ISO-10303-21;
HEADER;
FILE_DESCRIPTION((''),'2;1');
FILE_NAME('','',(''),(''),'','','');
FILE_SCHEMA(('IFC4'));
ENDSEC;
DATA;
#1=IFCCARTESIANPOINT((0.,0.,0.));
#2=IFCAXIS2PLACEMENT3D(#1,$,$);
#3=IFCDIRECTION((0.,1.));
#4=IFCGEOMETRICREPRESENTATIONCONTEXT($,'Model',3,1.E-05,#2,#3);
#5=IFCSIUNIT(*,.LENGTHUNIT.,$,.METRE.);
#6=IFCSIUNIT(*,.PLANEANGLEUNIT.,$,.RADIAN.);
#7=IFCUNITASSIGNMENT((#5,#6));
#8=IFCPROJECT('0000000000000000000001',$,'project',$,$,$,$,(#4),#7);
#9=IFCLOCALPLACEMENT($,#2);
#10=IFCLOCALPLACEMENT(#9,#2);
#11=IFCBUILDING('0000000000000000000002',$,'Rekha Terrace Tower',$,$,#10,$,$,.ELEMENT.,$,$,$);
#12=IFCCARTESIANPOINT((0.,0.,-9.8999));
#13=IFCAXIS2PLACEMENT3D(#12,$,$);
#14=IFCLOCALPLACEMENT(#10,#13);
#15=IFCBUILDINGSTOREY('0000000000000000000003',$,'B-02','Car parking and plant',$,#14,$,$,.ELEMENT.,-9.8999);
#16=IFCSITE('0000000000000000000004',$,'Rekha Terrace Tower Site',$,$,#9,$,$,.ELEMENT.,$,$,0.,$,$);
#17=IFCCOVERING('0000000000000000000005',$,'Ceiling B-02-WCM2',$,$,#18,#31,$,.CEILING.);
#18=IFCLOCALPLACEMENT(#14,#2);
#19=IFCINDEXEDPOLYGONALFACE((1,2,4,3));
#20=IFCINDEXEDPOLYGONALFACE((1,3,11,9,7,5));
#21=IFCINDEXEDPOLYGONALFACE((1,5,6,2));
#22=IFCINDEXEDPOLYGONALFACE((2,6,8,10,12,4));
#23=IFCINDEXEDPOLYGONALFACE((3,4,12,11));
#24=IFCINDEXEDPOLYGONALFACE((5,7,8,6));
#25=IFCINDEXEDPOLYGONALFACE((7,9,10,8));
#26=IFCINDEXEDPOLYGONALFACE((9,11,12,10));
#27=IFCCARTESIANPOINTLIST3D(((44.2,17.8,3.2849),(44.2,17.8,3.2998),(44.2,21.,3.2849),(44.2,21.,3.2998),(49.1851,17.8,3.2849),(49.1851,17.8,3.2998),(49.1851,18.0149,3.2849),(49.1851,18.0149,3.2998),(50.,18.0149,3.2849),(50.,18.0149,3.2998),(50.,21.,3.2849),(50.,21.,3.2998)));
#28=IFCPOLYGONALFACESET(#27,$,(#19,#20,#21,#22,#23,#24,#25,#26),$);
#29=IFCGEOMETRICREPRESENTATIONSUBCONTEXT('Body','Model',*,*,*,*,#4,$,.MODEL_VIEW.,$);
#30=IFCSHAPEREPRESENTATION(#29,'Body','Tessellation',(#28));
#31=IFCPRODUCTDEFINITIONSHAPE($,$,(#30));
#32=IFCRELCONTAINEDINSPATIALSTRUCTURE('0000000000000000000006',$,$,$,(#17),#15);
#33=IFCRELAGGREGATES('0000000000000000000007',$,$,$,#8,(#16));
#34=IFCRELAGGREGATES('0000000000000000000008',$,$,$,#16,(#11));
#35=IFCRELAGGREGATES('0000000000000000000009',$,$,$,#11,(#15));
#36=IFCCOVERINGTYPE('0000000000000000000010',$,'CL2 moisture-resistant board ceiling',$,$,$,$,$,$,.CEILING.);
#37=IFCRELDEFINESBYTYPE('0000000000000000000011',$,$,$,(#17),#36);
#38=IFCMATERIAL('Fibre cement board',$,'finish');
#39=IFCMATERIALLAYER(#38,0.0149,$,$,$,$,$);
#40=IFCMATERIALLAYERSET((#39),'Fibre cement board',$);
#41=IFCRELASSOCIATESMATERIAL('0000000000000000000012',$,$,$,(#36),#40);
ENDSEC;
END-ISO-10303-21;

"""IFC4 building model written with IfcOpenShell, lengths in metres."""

from ifc_helpers import new_model, si_unit, direction, frame, origin, place, context, subcontext, project, spatial, polyline, outline, extrude, material, layer, layer_set, type_object, element, save


model = new_model("IFC4")

# Units and contexts
model_context = context("Model", 3, precision=1e-05, world=origin(), true_north=direction((0.0, 1.0)))
body_context = subcontext(model_context, "Body", "Model", "MODEL_VIEW")
ifc_project = project(units=[si_unit("LENGTHUNIT", "METRE"), si_unit("PLANEANGLEUNIT", "RADIAN")], contexts=[model_context])

# Site, building, storey
site_placement = place(None, origin())
site = spatial("IfcSite", under=ifc_project, at=site_placement, Name="Rekha Terrace Tower Site", CompositionType="ELEMENT", RefElevation=0.0)
building_placement = place(site_placement, origin())
building = spatial("IfcBuilding", under=site, at=building_placement, Name="Rekha Terrace Tower", CompositionType="ELEMENT")
storey_placement = place(building_placement, frame((0.0, 0.0, -9.8999)))
storey = spatial("IfcBuildingStorey", under=building, at=storey_placement, Name="B-02", Description="Car parking and plant", CompositionType="ELEMENT", Elevation=-9.8999)

# Covering
ifc_material_1 = material(Name="Fibre cement board", Category="finish")
ifc_layer_1 = layer(ifc_material_1, 0.0149)
ifc_layer_set_1 = layer_set([ifc_layer_1], Name="Fibre cement board")
covering_type = type_object("IfcCoveringType", Name="CL2 moisture-resistant board ceiling", PredefinedType="CEILING", material=ifc_layer_set_1)
covering_1_placement = place(storey_placement, frame((0.0, 0.0, 3.2849)))
element("IfcCovering", 1, at=covering_1_placement, inside=storey, type_object=covering_type, Name="Ceiling B-02-WCM2", PredefinedType="CEILING", context=body_context, shape_type="SweptSolid", body=[
    extrude(outline(polyline([(50.0, 21.0), (44.2, 21.0), (44.2, 17.8), (49.1851, 17.8), (49.1851, 18.0149), (50.0, 18.0149), (50.0, 21.0)])), origin(), (0.0, 0.0, 1.0), 0.0149),
])

save(model, "model.ifc")
